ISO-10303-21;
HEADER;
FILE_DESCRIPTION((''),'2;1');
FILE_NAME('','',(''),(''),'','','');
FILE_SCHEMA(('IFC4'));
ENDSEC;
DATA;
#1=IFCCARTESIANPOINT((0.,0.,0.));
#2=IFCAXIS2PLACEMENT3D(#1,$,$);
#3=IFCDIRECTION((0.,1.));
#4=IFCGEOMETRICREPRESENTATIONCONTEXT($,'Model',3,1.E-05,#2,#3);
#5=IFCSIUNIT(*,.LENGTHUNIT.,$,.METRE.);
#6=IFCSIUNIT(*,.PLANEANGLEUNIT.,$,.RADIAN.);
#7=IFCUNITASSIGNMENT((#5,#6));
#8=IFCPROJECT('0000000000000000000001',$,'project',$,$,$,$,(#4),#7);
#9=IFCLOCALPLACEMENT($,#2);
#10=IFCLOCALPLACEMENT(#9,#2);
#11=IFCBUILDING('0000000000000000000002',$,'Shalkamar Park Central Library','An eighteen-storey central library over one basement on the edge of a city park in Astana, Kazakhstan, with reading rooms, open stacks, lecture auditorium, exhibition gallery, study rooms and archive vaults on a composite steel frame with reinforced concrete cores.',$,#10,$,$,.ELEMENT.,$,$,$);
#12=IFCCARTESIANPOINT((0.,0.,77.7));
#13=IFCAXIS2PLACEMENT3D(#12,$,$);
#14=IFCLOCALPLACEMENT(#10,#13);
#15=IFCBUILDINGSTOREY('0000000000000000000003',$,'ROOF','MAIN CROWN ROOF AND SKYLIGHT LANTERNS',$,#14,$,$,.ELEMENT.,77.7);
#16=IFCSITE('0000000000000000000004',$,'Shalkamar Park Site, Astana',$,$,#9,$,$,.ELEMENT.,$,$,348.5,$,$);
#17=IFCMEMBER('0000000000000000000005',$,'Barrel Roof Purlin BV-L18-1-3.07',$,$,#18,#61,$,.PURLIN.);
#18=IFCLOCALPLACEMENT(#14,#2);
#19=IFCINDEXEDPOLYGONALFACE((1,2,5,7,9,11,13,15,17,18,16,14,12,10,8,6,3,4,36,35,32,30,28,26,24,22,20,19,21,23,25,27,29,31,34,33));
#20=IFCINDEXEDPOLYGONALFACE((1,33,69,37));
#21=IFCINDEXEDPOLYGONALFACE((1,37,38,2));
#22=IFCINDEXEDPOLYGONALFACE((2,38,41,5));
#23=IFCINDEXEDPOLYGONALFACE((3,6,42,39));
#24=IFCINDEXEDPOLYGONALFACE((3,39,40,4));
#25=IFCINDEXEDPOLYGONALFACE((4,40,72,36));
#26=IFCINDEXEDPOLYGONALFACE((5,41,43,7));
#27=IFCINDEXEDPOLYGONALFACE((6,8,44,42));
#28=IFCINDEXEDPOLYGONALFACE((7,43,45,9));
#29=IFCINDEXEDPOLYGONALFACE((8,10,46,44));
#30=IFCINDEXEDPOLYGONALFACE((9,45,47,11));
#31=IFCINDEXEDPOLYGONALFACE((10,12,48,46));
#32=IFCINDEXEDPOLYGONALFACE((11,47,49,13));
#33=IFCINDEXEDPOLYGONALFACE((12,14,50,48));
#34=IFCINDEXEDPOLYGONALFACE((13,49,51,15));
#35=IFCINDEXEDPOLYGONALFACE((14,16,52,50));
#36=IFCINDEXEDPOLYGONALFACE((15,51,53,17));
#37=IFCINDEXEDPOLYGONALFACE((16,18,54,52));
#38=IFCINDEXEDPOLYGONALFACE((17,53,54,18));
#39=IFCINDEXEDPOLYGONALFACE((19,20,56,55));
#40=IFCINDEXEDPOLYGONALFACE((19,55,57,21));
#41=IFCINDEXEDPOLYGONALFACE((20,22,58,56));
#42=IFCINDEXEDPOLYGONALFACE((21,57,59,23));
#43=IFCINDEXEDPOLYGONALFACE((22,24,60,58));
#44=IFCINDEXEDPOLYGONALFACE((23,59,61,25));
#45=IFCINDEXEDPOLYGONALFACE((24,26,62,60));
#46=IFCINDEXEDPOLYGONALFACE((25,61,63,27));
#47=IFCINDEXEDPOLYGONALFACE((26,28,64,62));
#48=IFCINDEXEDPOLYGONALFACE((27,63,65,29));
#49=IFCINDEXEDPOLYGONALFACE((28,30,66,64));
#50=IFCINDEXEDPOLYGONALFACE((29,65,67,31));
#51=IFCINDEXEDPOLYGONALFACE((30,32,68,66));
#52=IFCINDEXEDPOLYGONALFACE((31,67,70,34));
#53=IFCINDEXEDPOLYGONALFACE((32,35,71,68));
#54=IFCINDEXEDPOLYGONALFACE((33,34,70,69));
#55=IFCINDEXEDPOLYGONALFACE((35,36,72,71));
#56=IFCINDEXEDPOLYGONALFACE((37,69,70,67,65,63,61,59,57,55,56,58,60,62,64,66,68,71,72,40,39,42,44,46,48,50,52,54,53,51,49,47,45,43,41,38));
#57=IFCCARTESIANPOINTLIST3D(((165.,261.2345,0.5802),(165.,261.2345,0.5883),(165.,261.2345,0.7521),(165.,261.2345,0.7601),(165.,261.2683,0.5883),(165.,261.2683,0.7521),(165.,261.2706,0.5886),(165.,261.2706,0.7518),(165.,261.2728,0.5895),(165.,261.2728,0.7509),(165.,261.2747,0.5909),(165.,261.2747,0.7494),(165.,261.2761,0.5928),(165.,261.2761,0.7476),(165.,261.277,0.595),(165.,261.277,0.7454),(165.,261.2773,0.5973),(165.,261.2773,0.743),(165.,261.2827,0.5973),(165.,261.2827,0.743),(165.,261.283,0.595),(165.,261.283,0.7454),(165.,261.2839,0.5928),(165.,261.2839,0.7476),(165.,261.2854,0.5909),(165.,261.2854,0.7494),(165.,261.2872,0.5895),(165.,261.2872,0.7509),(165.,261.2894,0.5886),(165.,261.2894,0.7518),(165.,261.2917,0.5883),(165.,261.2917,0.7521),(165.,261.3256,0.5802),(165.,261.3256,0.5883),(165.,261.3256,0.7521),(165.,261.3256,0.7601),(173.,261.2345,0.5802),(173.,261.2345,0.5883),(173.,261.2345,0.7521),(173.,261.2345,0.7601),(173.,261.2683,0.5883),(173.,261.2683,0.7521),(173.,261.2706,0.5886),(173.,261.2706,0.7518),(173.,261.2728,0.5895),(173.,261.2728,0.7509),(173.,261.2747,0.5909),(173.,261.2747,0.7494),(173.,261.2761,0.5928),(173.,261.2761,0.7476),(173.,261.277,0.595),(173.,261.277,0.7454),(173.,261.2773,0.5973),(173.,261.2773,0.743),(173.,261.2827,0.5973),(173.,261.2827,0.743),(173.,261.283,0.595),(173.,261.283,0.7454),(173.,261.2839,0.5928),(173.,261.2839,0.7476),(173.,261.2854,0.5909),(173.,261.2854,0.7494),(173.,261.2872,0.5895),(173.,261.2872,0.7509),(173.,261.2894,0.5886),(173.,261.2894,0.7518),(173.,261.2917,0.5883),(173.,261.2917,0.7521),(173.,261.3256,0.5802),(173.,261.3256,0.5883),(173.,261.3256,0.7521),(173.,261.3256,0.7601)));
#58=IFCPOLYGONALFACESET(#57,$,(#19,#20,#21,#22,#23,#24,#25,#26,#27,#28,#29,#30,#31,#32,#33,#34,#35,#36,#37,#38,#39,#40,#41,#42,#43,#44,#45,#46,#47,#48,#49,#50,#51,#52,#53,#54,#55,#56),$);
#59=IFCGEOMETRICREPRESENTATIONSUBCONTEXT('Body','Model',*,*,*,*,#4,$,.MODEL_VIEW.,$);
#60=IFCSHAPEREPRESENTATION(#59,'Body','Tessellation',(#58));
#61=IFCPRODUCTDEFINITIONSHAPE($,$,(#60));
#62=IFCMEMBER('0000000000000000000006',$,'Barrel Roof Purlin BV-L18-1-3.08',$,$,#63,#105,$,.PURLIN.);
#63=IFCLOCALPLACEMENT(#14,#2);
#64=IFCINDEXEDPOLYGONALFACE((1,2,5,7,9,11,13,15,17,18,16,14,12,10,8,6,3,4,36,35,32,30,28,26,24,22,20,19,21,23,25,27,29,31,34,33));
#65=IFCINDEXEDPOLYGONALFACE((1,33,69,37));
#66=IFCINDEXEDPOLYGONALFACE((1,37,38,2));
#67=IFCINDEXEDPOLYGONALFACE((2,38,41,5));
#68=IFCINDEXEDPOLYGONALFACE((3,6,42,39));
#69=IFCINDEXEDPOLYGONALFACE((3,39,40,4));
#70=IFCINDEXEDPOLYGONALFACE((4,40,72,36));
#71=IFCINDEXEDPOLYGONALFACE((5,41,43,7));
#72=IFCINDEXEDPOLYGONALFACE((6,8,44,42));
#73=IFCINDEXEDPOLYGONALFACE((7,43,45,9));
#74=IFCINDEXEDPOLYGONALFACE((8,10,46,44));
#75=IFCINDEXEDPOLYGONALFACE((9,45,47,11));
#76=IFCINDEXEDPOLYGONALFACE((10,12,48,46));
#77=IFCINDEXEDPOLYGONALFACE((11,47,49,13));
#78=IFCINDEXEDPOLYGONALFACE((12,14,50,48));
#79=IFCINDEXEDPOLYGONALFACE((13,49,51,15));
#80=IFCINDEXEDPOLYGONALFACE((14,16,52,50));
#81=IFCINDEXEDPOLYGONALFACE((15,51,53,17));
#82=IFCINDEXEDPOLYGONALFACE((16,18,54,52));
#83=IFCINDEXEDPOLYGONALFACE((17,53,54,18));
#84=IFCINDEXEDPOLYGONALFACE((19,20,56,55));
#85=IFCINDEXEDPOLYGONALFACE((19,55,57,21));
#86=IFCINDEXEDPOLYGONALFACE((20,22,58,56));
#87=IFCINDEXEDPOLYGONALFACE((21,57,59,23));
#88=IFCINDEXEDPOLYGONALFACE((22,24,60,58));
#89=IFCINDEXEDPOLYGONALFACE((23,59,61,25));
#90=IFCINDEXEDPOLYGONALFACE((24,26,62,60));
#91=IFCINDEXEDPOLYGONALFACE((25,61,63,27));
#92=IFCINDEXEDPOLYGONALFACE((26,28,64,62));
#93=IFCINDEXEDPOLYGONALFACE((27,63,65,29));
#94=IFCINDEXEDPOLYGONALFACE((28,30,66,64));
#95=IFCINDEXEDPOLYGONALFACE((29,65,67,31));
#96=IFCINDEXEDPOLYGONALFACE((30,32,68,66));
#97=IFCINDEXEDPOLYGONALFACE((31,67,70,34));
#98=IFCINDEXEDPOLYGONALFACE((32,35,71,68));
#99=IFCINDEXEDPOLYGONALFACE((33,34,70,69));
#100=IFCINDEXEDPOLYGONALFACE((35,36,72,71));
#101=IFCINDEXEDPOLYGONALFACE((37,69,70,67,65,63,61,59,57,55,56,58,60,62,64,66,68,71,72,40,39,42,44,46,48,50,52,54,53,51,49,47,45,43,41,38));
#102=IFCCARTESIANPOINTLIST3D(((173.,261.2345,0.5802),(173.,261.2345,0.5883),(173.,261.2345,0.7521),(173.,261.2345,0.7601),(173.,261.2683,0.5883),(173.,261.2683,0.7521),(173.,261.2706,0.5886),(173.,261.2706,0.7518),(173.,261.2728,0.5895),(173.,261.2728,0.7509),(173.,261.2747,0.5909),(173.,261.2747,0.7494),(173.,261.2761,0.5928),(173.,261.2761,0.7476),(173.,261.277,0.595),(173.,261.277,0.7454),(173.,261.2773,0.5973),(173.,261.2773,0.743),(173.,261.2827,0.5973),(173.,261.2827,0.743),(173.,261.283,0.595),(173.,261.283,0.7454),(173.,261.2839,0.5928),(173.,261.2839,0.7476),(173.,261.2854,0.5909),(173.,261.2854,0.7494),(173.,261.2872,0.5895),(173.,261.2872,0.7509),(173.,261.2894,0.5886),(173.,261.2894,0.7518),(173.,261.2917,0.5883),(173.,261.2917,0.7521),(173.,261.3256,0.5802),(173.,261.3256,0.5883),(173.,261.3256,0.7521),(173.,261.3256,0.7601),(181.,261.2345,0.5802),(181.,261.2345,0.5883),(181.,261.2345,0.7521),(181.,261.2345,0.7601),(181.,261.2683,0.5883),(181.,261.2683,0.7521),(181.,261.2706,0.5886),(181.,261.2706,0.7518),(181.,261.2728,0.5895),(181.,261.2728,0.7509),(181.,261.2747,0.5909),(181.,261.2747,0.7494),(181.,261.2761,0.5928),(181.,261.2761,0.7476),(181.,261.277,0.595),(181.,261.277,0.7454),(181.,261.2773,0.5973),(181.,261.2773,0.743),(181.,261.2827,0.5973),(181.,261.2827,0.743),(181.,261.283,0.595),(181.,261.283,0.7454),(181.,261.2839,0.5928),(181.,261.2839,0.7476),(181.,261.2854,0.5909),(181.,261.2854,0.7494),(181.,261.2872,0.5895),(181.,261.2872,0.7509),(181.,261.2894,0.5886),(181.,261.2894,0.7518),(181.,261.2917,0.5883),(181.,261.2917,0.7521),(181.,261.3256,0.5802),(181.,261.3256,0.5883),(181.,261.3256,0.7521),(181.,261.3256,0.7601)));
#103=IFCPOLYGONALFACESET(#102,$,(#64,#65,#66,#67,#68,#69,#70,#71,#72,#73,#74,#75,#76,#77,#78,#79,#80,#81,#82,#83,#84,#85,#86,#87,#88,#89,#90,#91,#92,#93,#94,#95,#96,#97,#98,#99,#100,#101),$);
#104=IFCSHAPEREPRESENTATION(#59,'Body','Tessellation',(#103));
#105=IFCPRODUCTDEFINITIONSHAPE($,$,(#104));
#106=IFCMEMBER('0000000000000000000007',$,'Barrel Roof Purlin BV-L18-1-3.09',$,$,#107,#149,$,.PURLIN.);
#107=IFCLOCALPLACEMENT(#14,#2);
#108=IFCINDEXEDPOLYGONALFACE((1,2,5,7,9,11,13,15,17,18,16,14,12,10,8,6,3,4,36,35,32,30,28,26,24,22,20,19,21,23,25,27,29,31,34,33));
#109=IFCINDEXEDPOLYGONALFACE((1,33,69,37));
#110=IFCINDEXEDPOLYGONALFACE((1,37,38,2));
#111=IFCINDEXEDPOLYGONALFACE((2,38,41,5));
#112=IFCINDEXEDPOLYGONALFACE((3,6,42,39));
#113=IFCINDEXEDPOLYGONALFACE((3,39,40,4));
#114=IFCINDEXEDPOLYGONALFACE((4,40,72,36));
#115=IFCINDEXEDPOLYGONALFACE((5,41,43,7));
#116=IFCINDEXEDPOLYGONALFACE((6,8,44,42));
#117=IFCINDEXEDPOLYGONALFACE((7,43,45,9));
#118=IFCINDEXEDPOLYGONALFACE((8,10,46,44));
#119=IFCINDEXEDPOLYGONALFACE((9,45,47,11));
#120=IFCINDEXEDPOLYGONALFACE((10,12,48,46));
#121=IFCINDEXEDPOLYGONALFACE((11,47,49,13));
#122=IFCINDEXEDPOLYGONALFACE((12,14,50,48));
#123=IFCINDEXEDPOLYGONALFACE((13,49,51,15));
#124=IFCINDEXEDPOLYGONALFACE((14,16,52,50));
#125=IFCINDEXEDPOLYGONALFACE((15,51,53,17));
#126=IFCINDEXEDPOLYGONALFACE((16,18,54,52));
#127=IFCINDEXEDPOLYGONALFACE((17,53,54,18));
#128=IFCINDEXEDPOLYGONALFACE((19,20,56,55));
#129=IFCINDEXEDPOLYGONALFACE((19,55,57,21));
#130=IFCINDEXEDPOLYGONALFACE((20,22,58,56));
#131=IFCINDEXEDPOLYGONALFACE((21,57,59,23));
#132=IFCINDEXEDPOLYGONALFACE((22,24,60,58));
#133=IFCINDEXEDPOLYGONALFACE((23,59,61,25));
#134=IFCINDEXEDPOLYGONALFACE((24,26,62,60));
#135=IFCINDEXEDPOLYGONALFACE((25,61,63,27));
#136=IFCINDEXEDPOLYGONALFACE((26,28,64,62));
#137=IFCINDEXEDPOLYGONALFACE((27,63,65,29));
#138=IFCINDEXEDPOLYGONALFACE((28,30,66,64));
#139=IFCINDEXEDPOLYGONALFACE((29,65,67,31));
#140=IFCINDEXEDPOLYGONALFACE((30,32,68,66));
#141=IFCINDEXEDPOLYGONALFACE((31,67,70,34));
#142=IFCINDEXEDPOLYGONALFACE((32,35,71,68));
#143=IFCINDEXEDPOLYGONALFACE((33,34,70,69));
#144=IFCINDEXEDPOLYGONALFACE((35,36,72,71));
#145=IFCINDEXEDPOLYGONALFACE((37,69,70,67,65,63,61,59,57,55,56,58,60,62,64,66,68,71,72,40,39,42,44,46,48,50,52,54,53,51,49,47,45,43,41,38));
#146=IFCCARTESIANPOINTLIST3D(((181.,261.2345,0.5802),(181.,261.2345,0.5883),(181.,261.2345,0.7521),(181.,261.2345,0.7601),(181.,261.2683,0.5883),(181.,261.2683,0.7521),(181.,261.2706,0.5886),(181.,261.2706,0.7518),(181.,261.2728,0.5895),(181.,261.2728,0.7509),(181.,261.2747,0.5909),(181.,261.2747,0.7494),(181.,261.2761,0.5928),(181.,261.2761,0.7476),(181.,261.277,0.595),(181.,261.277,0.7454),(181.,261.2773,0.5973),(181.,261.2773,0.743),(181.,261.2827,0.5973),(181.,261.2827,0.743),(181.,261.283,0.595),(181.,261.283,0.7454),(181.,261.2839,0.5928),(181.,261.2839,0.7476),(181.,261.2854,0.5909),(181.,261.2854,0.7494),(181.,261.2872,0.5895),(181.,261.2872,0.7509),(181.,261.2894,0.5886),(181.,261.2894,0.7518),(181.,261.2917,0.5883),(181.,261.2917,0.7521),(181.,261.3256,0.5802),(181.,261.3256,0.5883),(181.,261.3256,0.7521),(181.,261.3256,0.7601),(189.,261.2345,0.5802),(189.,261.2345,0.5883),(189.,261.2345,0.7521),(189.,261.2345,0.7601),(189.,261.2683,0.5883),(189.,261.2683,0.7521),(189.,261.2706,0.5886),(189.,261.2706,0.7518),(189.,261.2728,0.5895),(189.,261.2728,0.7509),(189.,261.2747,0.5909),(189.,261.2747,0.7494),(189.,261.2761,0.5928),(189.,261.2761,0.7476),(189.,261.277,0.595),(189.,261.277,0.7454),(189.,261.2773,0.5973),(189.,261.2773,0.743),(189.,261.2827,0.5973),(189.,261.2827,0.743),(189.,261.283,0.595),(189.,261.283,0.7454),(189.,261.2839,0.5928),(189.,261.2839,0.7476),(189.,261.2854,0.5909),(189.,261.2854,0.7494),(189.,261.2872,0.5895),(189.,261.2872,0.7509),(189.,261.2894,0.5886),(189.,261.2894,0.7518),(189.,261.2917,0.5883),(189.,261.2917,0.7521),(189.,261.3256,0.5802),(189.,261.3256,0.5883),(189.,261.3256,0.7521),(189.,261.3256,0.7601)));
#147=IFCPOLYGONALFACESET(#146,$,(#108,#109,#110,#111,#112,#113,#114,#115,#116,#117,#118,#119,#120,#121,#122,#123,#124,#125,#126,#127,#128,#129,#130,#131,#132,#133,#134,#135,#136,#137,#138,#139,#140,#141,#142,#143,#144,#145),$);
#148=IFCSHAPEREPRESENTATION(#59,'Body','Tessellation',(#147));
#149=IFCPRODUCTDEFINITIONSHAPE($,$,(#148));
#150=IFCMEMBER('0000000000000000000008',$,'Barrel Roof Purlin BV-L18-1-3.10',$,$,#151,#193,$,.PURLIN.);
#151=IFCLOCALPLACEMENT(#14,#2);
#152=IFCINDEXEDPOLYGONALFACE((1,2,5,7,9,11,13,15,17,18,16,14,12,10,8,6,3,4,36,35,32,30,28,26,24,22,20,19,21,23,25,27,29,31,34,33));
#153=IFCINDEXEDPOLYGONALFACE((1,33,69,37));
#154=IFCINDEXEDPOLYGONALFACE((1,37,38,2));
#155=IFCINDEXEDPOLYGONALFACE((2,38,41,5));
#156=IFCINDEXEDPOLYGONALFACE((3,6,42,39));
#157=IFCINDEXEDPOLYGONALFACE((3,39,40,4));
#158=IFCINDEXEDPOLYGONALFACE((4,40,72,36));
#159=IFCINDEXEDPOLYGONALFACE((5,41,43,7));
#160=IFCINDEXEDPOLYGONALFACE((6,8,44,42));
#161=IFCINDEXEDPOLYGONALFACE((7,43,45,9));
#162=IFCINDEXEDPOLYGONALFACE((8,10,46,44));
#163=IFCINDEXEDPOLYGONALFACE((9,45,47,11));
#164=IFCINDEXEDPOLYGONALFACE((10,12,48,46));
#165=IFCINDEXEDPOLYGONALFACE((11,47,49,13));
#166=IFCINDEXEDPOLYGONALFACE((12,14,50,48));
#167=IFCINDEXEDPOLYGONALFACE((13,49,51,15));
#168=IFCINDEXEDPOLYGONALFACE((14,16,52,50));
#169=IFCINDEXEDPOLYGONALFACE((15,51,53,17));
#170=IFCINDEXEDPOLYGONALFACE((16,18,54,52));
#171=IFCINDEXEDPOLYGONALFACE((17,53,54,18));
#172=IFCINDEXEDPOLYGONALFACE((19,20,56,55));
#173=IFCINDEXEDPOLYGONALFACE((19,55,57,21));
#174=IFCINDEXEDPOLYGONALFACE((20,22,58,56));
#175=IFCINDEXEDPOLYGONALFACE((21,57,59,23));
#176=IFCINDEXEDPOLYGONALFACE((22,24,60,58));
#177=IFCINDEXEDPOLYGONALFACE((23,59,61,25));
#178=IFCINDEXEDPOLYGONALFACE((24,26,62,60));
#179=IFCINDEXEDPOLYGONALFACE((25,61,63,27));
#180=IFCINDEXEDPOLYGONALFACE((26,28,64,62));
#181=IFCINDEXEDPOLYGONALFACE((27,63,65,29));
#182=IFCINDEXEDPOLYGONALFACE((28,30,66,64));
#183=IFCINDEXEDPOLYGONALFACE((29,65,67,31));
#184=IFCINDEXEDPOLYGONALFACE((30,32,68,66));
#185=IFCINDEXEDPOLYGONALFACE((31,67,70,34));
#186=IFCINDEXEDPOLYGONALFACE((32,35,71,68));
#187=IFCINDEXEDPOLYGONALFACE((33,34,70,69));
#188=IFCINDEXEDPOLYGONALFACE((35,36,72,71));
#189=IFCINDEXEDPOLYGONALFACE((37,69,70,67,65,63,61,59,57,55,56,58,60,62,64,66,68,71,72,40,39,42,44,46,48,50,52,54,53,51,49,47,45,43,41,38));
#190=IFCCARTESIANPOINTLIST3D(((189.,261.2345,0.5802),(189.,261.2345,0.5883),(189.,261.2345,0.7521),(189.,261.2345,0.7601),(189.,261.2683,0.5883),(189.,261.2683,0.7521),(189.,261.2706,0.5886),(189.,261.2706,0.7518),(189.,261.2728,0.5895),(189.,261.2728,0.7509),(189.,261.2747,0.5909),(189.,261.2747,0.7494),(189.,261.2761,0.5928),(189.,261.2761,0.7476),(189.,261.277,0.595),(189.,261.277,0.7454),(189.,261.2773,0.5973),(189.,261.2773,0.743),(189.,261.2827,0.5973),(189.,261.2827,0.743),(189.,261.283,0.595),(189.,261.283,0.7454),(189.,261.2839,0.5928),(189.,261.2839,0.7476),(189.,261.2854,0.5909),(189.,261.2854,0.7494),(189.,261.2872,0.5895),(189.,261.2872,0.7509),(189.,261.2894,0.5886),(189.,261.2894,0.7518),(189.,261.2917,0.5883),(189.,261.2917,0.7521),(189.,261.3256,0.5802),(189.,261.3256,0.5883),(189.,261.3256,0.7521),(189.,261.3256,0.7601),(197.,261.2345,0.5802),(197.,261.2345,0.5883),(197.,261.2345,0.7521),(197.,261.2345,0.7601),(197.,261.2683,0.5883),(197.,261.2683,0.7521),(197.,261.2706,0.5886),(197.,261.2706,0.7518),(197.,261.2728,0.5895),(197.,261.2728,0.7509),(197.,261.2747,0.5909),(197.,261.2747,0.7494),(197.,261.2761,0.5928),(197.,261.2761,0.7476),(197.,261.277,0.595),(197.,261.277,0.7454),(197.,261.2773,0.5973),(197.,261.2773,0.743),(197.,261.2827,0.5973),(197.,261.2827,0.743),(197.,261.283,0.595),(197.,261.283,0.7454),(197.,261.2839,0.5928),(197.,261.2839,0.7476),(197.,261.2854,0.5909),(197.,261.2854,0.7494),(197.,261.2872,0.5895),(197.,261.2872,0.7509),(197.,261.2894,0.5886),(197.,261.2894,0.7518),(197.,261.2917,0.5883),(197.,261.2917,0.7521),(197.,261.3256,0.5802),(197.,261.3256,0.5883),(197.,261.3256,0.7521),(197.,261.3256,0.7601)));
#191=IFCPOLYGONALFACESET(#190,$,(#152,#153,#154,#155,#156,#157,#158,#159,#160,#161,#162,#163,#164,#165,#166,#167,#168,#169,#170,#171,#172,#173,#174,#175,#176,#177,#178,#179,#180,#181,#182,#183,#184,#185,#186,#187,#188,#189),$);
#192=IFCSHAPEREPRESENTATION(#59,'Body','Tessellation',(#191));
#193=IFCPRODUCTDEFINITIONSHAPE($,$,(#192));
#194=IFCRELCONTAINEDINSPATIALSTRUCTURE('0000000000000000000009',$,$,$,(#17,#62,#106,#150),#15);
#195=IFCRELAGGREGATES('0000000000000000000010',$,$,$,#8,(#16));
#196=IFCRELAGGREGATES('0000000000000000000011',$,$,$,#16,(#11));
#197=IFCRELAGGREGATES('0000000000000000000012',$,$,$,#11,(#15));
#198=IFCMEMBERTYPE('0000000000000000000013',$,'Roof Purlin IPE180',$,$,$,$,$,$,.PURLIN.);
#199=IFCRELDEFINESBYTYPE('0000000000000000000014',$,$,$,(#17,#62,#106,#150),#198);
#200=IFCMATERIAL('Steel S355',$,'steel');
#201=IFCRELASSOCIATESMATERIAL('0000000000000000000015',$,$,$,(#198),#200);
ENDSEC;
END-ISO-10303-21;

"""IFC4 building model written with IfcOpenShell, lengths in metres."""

from ifc_helpers import new_model, si_unit, direction, frame, origin, origin_2d, place, context, subcontext, project, spatial, i_section, extrude, material, material_profile, profile_set, type_object, element, save


model = new_model("IFC4")

# Units and contexts
model_context = context("Model", 3, precision=1e-05, world=origin(), true_north=direction((0.0, 1.0)))
body_context = subcontext(model_context, "Body", "Model", "MODEL_VIEW")
ifc_project = project(units=[si_unit("LENGTHUNIT", "METRE"), si_unit("PLANEANGLEUNIT", "RADIAN")], contexts=[model_context])

# Site, building, storey
site_placement = place(None, origin())
site = spatial("IfcSite", under=ifc_project, at=site_placement, Name="Shalkamar Park Site, Astana", CompositionType="ELEMENT", RefElevation=348.5)
building_placement = place(site_placement, origin())
building = spatial("IfcBuilding", under=site, at=building_placement, Name="Shalkamar Park Central Library", Description="An eighteen-storey central library over one basement on the edge of a city park in Astana, Kazakhstan, with reading rooms, open stacks, lecture auditorium, exhibition gallery, study rooms and archive vaults on a composite steel frame with reinforced concrete cores.", CompositionType="ELEMENT")
storey_placement = place(building_placement, frame((0.0, 0.0, 77.7)))
storey = spatial("IfcBuildingStorey", under=building, at=storey_placement, Name="ROOF", Description="MAIN CROWN ROOF AND SKYLIGHT LANTERNS", CompositionType="ELEMENT", Elevation=77.7)

# Members
ifc_material_1 = material(Name="Steel S355", Category="steel")
ifc_material_profile_1 = material_profile(ifc_material_1, i_section(OverallWidth=0.0911, OverallDepth=0.1799, WebThickness=0.0054, FlangeThickness=0.0081, FilletRadius=0.009, at=origin_2d()), Name="IPE 180")
ifc_profile_set_1 = profile_set([ifc_material_profile_1], Name="Steel S355")
member_type_1 = type_object("IfcMemberType", Name="Roof Purlin IPE180", PredefinedType="PURLIN", material=ifc_profile_set_1)
for number, where, z_axis, x_axis, name in (
    (1, (165.0, 261.28, 0.6702), (1.0, 0.0, 0.0), (0.0, 1.0, 0.0), "Barrel Roof Purlin BV-L18-1-3.07"),
    (2, (173.0, 261.28, 0.6702), (1.0, 0.0, 0.0), (0.0, 1.0, 0.0), "Barrel Roof Purlin BV-L18-1-3.08"),
    (3, (181.0, 261.28, 0.6702), (1.0, 0.0, 0.0), (0.0, 1.0, 0.0), "Barrel Roof Purlin BV-L18-1-3.09"),
    (4, (189.0, 261.28, 0.6702), (1.0, 0.0, 0.0), (0.0, 1.0, 0.0), "Barrel Roof Purlin BV-L18-1-3.10"),
):
    element("IfcMember", number, at=place(storey_placement, frame(where, z_axis=z_axis, x_axis=x_axis)), inside=storey, type_object=member_type_1, Name=name, PredefinedType="PURLIN", context=body_context, shape_type="SweptSolid", body=[
        extrude(i_section(OverallWidth=0.0911, OverallDepth=0.1799, WebThickness=0.0054, FlangeThickness=0.0081, FilletRadius=0.009, at=origin_2d()), origin(), (0.0, 0.0, 1.0), 8.0),
    ])

save(model, "model.ifc")
